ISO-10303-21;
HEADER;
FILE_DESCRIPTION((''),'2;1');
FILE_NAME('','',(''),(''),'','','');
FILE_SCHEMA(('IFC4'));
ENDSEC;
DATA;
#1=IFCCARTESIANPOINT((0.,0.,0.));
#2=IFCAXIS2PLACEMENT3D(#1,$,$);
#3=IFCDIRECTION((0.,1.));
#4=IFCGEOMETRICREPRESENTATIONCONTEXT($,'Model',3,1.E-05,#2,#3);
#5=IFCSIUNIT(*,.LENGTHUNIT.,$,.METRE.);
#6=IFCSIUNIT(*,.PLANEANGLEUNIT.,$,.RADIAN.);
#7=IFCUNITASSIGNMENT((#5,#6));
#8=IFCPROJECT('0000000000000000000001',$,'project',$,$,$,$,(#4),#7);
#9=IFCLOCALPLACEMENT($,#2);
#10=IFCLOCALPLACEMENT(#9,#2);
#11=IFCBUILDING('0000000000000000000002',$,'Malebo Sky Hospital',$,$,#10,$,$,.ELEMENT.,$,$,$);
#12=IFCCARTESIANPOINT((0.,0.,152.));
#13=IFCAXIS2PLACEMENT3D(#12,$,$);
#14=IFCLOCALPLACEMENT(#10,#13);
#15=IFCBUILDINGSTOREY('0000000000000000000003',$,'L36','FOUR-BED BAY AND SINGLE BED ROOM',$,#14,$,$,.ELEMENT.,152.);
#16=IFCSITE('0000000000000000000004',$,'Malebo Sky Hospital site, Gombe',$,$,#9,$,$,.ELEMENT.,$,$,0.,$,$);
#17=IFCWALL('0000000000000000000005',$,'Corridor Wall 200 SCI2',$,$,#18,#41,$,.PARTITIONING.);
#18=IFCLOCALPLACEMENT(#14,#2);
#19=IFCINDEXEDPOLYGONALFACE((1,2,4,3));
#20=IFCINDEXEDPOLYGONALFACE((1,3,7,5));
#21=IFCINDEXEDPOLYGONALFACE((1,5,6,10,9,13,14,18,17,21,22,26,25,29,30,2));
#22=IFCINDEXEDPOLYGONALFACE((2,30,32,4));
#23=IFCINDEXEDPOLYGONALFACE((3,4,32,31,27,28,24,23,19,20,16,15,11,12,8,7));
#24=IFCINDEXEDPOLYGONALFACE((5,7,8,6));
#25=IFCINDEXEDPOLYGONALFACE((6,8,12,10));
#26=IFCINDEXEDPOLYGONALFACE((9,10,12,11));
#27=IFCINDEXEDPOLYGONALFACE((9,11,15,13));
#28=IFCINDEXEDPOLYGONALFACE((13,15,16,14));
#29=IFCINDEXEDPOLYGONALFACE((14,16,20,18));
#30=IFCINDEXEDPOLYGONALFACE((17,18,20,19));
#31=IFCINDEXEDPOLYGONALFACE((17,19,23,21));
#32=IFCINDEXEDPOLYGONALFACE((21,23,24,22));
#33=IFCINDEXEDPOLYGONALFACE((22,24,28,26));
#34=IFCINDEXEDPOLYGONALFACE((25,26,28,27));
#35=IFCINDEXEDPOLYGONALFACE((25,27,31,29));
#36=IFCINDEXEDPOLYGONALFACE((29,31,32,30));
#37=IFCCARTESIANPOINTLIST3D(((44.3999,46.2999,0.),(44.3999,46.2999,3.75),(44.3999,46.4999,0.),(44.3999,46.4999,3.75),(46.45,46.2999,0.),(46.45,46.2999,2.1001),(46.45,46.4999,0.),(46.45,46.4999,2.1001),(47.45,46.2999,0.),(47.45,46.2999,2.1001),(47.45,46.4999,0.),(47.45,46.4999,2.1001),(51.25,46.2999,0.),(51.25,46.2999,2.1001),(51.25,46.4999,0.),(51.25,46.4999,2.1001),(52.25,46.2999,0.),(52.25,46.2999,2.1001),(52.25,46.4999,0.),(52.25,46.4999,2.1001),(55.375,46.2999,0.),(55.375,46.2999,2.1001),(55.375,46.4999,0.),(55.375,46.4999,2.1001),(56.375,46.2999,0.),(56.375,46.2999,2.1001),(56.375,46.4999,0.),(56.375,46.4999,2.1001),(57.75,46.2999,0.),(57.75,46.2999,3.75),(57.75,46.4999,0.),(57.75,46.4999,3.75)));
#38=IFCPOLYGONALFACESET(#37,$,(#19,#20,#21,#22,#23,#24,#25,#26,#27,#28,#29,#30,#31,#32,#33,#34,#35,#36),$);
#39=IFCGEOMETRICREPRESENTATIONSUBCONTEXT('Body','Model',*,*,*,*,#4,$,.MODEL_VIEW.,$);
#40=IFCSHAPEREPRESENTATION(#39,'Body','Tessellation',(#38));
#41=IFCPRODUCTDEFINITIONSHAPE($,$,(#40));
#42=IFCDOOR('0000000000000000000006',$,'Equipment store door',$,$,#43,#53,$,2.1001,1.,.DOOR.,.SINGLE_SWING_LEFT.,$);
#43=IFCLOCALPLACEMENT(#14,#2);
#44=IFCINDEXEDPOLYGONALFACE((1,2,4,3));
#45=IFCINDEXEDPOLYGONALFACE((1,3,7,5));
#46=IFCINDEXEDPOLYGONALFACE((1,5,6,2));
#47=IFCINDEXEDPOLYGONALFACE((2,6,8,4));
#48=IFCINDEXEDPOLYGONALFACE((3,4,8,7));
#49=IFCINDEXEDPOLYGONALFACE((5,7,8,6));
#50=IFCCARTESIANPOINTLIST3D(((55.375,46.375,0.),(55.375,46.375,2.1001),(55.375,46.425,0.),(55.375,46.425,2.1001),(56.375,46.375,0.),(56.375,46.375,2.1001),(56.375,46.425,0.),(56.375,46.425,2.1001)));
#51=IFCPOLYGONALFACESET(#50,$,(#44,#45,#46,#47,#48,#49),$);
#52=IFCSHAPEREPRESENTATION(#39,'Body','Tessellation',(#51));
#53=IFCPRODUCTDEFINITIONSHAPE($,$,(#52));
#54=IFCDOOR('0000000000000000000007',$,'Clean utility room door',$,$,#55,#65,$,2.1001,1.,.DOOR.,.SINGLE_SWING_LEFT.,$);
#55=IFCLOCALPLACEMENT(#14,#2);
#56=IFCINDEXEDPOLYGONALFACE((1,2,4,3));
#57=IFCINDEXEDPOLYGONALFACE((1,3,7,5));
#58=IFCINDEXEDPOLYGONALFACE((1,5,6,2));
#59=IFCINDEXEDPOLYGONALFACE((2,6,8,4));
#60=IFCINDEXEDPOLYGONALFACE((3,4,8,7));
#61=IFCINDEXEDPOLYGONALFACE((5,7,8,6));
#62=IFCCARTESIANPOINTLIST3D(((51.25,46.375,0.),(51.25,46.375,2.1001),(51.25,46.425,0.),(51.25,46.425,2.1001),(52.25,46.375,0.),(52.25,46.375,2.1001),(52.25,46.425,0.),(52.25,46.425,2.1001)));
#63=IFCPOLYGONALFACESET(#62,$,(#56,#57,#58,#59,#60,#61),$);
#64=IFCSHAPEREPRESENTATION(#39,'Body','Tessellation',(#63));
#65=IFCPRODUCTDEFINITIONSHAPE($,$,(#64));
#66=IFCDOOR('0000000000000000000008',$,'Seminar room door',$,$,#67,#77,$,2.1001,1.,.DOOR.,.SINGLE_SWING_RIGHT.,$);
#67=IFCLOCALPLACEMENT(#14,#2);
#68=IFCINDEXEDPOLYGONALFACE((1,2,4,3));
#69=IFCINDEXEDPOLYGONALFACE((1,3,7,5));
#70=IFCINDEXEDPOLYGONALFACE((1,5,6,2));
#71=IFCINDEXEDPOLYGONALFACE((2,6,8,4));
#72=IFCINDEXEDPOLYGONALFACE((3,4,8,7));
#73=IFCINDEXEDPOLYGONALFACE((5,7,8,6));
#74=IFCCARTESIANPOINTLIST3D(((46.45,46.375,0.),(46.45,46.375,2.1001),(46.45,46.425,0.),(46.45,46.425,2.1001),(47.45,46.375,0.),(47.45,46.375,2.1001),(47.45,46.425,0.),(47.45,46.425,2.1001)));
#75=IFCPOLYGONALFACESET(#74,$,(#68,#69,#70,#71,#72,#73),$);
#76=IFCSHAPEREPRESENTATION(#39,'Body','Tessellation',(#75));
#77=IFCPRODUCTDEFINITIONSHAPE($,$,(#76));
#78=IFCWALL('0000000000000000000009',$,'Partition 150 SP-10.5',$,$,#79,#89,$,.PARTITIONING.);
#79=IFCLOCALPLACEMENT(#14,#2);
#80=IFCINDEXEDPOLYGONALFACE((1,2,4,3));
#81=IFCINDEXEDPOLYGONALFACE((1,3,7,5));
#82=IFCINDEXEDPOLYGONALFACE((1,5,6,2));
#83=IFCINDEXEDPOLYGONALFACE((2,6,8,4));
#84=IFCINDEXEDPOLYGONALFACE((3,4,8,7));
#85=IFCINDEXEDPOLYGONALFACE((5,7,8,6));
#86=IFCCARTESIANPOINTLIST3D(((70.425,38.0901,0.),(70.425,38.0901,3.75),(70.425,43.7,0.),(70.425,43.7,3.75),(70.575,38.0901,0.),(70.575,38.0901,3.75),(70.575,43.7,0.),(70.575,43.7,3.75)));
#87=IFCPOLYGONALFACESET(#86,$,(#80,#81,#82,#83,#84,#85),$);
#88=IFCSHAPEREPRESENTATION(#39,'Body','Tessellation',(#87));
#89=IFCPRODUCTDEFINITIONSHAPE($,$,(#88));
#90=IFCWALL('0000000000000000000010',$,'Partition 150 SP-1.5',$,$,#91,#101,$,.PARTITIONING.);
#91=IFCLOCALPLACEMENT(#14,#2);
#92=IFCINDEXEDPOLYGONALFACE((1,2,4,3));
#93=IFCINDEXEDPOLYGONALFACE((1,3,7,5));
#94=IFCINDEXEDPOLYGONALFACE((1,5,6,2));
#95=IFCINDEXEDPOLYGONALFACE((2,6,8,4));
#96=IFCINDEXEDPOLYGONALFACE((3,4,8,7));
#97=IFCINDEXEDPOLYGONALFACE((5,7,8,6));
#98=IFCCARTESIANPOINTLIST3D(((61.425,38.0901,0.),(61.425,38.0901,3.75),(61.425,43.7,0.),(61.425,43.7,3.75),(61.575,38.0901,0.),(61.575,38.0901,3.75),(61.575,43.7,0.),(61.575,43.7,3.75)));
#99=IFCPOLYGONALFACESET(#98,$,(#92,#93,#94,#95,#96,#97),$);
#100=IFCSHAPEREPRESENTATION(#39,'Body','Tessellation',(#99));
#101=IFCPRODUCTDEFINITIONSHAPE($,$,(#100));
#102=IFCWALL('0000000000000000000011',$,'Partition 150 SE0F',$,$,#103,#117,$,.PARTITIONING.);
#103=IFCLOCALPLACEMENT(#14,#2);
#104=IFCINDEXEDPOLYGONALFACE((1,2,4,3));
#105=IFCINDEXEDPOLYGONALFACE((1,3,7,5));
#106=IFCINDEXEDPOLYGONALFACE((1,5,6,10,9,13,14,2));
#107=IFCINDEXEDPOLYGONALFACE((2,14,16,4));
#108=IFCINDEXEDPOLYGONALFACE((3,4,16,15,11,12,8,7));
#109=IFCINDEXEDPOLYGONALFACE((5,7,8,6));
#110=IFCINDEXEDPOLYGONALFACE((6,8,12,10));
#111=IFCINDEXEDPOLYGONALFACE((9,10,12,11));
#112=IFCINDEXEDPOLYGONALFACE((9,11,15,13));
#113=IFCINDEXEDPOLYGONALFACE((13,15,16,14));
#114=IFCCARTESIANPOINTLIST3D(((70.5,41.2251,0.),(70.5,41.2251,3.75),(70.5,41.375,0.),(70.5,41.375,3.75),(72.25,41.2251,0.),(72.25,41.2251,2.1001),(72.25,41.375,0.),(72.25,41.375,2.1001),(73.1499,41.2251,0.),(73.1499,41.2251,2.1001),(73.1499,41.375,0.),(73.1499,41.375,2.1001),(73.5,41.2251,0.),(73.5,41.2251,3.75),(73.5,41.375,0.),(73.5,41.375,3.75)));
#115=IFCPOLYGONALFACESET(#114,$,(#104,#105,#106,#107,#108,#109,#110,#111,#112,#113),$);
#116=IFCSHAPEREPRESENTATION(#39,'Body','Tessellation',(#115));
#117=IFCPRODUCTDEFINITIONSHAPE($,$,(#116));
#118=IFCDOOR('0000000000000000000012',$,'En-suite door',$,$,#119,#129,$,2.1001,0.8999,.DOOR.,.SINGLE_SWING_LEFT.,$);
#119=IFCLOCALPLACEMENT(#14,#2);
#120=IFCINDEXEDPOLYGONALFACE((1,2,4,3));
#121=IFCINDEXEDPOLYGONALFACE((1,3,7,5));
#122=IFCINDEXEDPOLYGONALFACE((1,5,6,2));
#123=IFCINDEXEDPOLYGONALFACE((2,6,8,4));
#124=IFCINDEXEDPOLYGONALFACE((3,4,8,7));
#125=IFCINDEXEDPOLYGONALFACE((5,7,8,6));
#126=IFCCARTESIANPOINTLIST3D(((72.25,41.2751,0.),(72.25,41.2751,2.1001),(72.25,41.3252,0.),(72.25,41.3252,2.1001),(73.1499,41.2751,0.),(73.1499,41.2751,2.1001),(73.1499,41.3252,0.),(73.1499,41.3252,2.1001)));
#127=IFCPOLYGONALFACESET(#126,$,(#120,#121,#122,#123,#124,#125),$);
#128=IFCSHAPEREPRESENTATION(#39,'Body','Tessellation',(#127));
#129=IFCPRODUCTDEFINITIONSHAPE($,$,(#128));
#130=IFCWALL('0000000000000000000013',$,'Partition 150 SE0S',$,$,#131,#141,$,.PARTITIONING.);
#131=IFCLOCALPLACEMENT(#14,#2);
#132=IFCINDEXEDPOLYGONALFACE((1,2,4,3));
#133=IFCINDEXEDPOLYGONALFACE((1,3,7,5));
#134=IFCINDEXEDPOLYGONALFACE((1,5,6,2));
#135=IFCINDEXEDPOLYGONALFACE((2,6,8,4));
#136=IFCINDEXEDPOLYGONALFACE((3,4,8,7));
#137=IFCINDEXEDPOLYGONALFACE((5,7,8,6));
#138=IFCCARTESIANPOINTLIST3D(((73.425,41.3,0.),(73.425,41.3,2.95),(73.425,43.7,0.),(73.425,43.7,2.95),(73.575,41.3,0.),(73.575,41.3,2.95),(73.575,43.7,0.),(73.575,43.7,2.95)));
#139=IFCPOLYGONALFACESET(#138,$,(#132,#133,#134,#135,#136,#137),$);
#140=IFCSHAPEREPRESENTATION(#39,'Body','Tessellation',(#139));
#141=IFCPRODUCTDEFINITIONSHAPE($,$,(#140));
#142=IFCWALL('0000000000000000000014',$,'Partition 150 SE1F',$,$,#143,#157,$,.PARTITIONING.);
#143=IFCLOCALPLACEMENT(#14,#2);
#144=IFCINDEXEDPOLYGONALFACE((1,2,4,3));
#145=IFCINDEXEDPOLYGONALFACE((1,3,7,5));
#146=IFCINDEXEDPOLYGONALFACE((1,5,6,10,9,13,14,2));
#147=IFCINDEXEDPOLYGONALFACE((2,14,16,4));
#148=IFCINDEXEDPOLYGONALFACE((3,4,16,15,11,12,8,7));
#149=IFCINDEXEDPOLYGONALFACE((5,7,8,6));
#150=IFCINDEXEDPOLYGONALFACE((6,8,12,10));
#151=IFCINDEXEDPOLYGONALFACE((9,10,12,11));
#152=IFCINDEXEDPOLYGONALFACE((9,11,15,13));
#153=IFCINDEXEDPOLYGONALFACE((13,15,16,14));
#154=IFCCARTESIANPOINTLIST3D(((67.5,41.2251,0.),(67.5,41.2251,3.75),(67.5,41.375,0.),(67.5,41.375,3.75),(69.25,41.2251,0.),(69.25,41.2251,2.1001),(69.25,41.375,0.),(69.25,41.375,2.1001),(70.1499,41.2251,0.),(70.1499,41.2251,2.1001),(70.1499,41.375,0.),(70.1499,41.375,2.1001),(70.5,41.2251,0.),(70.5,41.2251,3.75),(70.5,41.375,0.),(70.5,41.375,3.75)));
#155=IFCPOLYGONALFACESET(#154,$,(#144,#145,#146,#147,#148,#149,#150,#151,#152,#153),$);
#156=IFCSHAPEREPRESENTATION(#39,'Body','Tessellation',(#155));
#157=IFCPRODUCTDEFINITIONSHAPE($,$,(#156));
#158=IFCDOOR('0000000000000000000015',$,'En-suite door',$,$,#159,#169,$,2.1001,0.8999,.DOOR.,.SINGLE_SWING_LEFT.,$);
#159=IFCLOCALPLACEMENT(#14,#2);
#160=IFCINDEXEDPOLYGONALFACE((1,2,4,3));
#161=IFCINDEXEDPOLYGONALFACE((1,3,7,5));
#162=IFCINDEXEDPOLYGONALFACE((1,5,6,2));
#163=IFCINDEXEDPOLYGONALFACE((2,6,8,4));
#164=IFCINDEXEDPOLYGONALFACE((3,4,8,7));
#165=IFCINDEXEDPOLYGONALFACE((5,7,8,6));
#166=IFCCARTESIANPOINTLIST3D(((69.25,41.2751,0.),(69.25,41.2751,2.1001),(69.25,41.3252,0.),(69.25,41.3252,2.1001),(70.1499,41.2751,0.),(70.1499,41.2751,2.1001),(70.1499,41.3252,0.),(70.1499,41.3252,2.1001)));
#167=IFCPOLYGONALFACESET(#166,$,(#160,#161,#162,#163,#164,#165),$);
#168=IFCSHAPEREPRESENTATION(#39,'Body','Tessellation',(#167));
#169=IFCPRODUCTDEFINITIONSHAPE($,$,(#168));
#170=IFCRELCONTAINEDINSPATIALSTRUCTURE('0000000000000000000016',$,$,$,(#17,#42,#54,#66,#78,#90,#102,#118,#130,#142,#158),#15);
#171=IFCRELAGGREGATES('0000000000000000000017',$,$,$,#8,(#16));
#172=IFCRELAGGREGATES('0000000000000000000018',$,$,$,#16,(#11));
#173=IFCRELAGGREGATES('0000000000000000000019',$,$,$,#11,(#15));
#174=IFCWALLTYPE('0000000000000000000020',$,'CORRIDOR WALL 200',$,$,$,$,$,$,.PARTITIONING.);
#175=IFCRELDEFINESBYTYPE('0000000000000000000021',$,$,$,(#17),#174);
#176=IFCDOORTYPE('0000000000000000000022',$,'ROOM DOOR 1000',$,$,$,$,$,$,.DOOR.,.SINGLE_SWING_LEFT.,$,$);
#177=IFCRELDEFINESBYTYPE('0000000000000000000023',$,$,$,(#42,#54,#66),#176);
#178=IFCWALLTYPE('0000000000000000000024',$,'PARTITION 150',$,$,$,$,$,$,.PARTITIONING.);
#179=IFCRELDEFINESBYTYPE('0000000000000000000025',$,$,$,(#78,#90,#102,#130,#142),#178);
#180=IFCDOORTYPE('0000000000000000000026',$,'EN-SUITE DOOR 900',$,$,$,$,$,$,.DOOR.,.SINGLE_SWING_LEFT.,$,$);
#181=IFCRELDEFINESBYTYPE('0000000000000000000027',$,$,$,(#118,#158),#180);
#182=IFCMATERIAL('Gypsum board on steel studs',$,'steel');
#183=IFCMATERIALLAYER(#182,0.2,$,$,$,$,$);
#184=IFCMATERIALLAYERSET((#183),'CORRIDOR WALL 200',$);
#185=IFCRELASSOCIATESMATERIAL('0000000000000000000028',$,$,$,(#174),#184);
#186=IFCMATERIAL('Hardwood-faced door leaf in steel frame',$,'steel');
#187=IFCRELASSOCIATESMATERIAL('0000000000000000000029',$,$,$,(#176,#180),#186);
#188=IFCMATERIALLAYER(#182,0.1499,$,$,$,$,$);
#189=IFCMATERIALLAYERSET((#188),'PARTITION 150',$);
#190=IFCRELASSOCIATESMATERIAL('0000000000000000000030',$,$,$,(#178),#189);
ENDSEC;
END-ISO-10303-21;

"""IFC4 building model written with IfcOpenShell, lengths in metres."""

from ifc_helpers import new_model, si_unit, direction, frame, frame_2d, origin, place, context, subcontext, project, spatial, rectangle, extrude, material, layer, layer_set, type_object, element, fill, save


model = new_model("IFC4")

# Units and contexts
model_context = context("Model", 3, precision=1e-05, world=origin(), true_north=direction((0.0, 1.0)))
body_context = subcontext(model_context, "Body", "Model", "MODEL_VIEW")
ifc_project = project(units=[si_unit("LENGTHUNIT", "METRE"), si_unit("PLANEANGLEUNIT", "RADIAN")], contexts=[model_context])

# Site, building, storey
site_placement = place(None, origin())
site = spatial("IfcSite", under=ifc_project, at=site_placement, Name="Malebo Sky Hospital site, Gombe", CompositionType="ELEMENT", RefElevation=0.0)
building_placement = place(site_placement, origin())
building = spatial("IfcBuilding", under=site, at=building_placement, Name="Malebo Sky Hospital", CompositionType="ELEMENT")
storey_placement = place(building_placement, frame((0.0, 0.0, 152.0)))
storey = spatial("IfcBuildingStorey", under=building, at=storey_placement, Name="L36", Description="FOUR-BED BAY AND SINGLE BED ROOM", CompositionType="ELEMENT", Elevation=152.0)

# Wall, openings, doors
ifc_material_1 = material(Name="Gypsum board on steel studs", Category="steel")
ifc_layer_1 = layer(ifc_material_1, 0.2)
ifc_layer_set_1 = layer_set([ifc_layer_1], Name="CORRIDOR WALL 200")
wall_type_1 = type_object("IfcWallType", Name="CORRIDOR WALL 200", PredefinedType="PARTITIONING", material=ifc_layer_set_1)
wall_1_placement = place(storey_placement, frame((57.75, 46.3999, 0.0), z_axis=(0.0, 0.0, 1.0), x_axis=(-1.0, 0.0, 0.0)))
wall_1 = element("IfcWall", 1, at=wall_1_placement, inside=storey, type_object=wall_type_1, Name="Corridor Wall 200 SCI2", PredefinedType="PARTITIONING", context=body_context, shape_type="SweptSolid", body=[
    extrude(rectangle(XDim=13.3501, YDim=0.2, at=frame_2d((6.675, 0.0))), origin(), (0.0, 0.0, 1.0), 3.75),
])
opening_1_placement = place(wall_1_placement, frame((1.375, 0.0, 0.0)))
opening_1 = element("IfcOpeningElement", 2, at=opening_1_placement, cuts=wall_1, PredefinedType="OPENING", context=body_context, shape_type="SweptSolid", body=[
    extrude(rectangle(XDim=1.0, YDim=2.1001, at=frame_2d((0.5, 1.05))), frame((0.0, 0.1099, 0.0), z_axis=(0.0, -1.0, 0.0), x_axis=(1.0, 0.0, 0.0)), (0.0, 0.0, 1.0), 0.22),
])
opening_2_placement = place(wall_1_placement, frame((5.5, 0.0, 0.0)))
opening_2 = element("IfcOpeningElement", 3, at=opening_2_placement, cuts=wall_1, PredefinedType="OPENING", context=body_context, shape_type="SweptSolid", body=[
    extrude(rectangle(XDim=1.0, YDim=2.1001, at=frame_2d((0.5, 1.05))), frame((0.0, 0.1099, 0.0), z_axis=(0.0, -1.0, 0.0), x_axis=(1.0, 0.0, 0.0)), (0.0, 0.0, 1.0), 0.22),
])
opening_3_placement = place(wall_1_placement, frame((10.3, 0.0, 0.0)))
opening_3 = element("IfcOpeningElement", 4, at=opening_3_placement, cuts=wall_1, PredefinedType="OPENING", context=body_context, shape_type="SweptSolid", body=[
    extrude(rectangle(XDim=1.0, YDim=2.1001, at=frame_2d((0.5, 1.05))), frame((0.0, 0.1099, 0.0), z_axis=(0.0, -1.0, 0.0), x_axis=(1.0, 0.0, 0.0)), (0.0, 0.0, 1.0), 0.22),
])
ifc_material_2 = material(Name="Hardwood-faced door leaf in steel frame", Category="steel")
door_type_1 = type_object("IfcDoorType", Name="ROOM DOOR 1000", OperationType="SINGLE_SWING_LEFT", PredefinedType="DOOR", material=ifc_material_2)
door_1_placement = place(opening_1_placement, origin())
door_1 = element("IfcDoor", 5, at=door_1_placement, inside=storey, type_object=door_type_1, Name="Equipment store door", OperationType="SINGLE_SWING_LEFT", OverallHeight=2.1001, OverallWidth=1.0, PredefinedType="DOOR", context=body_context, shape_type="SweptSolid", body=[
    extrude(rectangle(XDim=1.0, YDim=2.1001, at=frame_2d((0.5, 1.05))), frame((0.0, 0.0249, 0.0), z_axis=(0.0, -1.0, 0.0), x_axis=(1.0, 0.0, 0.0)), (0.0, 0.0, 1.0), 0.05),
])
fill(opening_1, door_1)
door_2_placement = place(opening_2_placement, origin())
door_2 = element("IfcDoor", 6, at=door_2_placement, inside=storey, type_object=door_type_1, Name="Clean utility room door", OperationType="SINGLE_SWING_LEFT", OverallHeight=2.1001, OverallWidth=1.0, PredefinedType="DOOR", context=body_context, shape_type="SweptSolid", body=[
    extrude(rectangle(XDim=1.0, YDim=2.1001, at=frame_2d((0.5, 1.05))), frame((0.0, 0.0249, 0.0), z_axis=(0.0, -1.0, 0.0), x_axis=(1.0, 0.0, 0.0)), (0.0, 0.0, 1.0), 0.05),
])
fill(opening_2, door_2)
door_3_placement = place(opening_3_placement, origin())
door_3 = element("IfcDoor", 7, at=door_3_placement, inside=storey, type_object=door_type_1, Name="Seminar room door", OperationType="SINGLE_SWING_RIGHT", OverallHeight=2.1001, OverallWidth=1.0, PredefinedType="DOOR", context=body_context, shape_type="SweptSolid", body=[
    extrude(rectangle(XDim=1.0, YDim=2.1001, at=frame_2d((0.5, 1.05))), frame((0.0, 0.0249, 0.0), z_axis=(0.0, -1.0, 0.0), x_axis=(1.0, 0.0, 0.0)), (0.0, 0.0, 1.0), 0.05),
])
fill(opening_3, door_3)

# Walls
ifc_layer_2 = layer(ifc_material_1, 0.1499)
ifc_layer_set_2 = layer_set([ifc_layer_2], Name="PARTITION 150")
wall_type_2 = type_object("IfcWallType", Name="PARTITION 150", PredefinedType="PARTITIONING", material=ifc_layer_set_2)
for number, where, z_axis, x_axis, name in (
    (8, (70.5, 43.7, 0.0), (0.0, 0.0, 1.0), (0.0, -1.0, 0.0), "Partition 150 SP-10.5"),
    (9, (61.5, 43.7, 0.0), (0.0, 0.0, 1.0), (0.0, -1.0, 0.0), "Partition 150 SP-1.5"),
):
    element("IfcWall", number, at=place(storey_placement, frame(where, z_axis=z_axis, x_axis=x_axis)), inside=storey, type_object=wall_type_2, Name=name, PredefinedType="PARTITIONING", context=body_context, shape_type="SweptSolid", body=[
        extrude(rectangle(XDim=5.6099, YDim=0.1499, at=frame_2d((2.8049, 0.0))), origin(), (0.0, 0.0, 1.0), 3.75),
    ])

# Wall, opening, door
wall_2_placement = place(storey_placement, frame((73.5, 41.3, 0.0), z_axis=(0.0, 0.0, 1.0), x_axis=(-1.0, 0.0, 0.0)))
wall_2 = element("IfcWall", 10, at=wall_2_placement, inside=storey, type_object=wall_type_2, Name="Partition 150 SE0F", PredefinedType="PARTITIONING", context=body_context, shape_type="SweptSolid", body=[
    extrude(rectangle(XDim=3.0, YDim=0.1499, at=frame_2d((1.5, 0.0))), origin(), (0.0, 0.0, 1.0), 3.75),
])
opening_4_placement = place(wall_2_placement, frame((0.3501, 0.0, 0.0)))
opening_4 = element("IfcOpeningElement", 11, at=opening_4_placement, cuts=wall_2, PredefinedType="OPENING", context=body_context, shape_type="SweptSolid", body=[
    extrude(rectangle(XDim=0.8999, YDim=2.1001, at=frame_2d((0.45, 1.05))), frame((0.0, 0.085, 0.0), z_axis=(0.0, -1.0, 0.0), x_axis=(1.0, 0.0, 0.0)), (0.0, 0.0, 1.0), 0.1699),
])
door_type_2 = type_object("IfcDoorType", Name="EN-SUITE DOOR 900", OperationType="SINGLE_SWING_LEFT", PredefinedType="DOOR", material=ifc_material_2)
door_4_placement = place(opening_4_placement, origin())
door_4 = element("IfcDoor", 12, at=door_4_placement, inside=storey, type_object=door_type_2, Name="En-suite door", OperationType="SINGLE_SWING_LEFT", OverallHeight=2.1001, OverallWidth=0.8999, PredefinedType="DOOR", context=body_context, shape_type="SweptSolid", body=[
    extrude(rectangle(XDim=0.8999, YDim=2.1001, at=frame_2d((0.45, 1.05))), frame((0.0, 0.0249, 0.0), z_axis=(0.0, -1.0, 0.0), x_axis=(1.0, 0.0, 0.0)), (0.0, 0.0, 1.0), 0.05),
])
fill(opening_4, door_4)

# Wall
wall_3_placement = place(storey_placement, frame((73.5, 43.7, 0.0), z_axis=(0.0, 0.0, 1.0), x_axis=(0.0, -1.0, 0.0)))
element("IfcWall", 13, at=wall_3_placement, inside=storey, type_object=wall_type_2, Name="Partition 150 SE0S", PredefinedType="PARTITIONING", context=body_context, shape_type="SweptSolid", body=[
    extrude(rectangle(XDim=2.3999, YDim=0.1499, at=frame_2d((1.2, 0.0))), origin(), (0.0, 0.0, 1.0), 2.95),
])

# Wall, opening, door
wall_4_placement = place(storey_placement, frame((70.5, 41.3, 0.0), z_axis=(0.0, 0.0, 1.0), x_axis=(-1.0, 0.0, 0.0)))
wall_4 = element("IfcWall", 14, at=wall_4_placement, inside=storey, type_object=wall_type_2, Name="Partition 150 SE1F", PredefinedType="PARTITIONING", context=body_context, shape_type="SweptSolid", body=[
    extrude(rectangle(XDim=3.0, YDim=0.1499, at=frame_2d((1.5, 0.0))), origin(), (0.0, 0.0, 1.0), 3.75),
])
opening_5_placement = place(wall_4_placement, frame((0.3501, 0.0, 0.0)))
opening_5 = element("IfcOpeningElement", 15, at=opening_5_placement, cuts=wall_4, PredefinedType="OPENING", context=body_context, shape_type="SweptSolid", body=[
    extrude(rectangle(XDim=0.8999, YDim=2.1001, at=frame_2d((0.45, 1.05))), frame((0.0, 0.085, 0.0), z_axis=(0.0, -1.0, 0.0), x_axis=(1.0, 0.0, 0.0)), (0.0, 0.0, 1.0), 0.1699),
])
door_5_placement = place(opening_5_placement, origin())
door_5 = element("IfcDoor", 16, at=door_5_placement, inside=storey, type_object=door_type_2, Name="En-suite door", OperationType="SINGLE_SWING_LEFT", OverallHeight=2.1001, OverallWidth=0.8999, PredefinedType="DOOR", context=body_context, shape_type="SweptSolid", body=[
    extrude(rectangle(XDim=0.8999, YDim=2.1001, at=frame_2d((0.45, 1.05))), frame((0.0, 0.0249, 0.0), z_axis=(0.0, -1.0, 0.0), x_axis=(1.0, 0.0, 0.0)), (0.0, 0.0, 1.0), 0.05),
])
fill(opening_5, door_5)

save(model, "model.ifc")
